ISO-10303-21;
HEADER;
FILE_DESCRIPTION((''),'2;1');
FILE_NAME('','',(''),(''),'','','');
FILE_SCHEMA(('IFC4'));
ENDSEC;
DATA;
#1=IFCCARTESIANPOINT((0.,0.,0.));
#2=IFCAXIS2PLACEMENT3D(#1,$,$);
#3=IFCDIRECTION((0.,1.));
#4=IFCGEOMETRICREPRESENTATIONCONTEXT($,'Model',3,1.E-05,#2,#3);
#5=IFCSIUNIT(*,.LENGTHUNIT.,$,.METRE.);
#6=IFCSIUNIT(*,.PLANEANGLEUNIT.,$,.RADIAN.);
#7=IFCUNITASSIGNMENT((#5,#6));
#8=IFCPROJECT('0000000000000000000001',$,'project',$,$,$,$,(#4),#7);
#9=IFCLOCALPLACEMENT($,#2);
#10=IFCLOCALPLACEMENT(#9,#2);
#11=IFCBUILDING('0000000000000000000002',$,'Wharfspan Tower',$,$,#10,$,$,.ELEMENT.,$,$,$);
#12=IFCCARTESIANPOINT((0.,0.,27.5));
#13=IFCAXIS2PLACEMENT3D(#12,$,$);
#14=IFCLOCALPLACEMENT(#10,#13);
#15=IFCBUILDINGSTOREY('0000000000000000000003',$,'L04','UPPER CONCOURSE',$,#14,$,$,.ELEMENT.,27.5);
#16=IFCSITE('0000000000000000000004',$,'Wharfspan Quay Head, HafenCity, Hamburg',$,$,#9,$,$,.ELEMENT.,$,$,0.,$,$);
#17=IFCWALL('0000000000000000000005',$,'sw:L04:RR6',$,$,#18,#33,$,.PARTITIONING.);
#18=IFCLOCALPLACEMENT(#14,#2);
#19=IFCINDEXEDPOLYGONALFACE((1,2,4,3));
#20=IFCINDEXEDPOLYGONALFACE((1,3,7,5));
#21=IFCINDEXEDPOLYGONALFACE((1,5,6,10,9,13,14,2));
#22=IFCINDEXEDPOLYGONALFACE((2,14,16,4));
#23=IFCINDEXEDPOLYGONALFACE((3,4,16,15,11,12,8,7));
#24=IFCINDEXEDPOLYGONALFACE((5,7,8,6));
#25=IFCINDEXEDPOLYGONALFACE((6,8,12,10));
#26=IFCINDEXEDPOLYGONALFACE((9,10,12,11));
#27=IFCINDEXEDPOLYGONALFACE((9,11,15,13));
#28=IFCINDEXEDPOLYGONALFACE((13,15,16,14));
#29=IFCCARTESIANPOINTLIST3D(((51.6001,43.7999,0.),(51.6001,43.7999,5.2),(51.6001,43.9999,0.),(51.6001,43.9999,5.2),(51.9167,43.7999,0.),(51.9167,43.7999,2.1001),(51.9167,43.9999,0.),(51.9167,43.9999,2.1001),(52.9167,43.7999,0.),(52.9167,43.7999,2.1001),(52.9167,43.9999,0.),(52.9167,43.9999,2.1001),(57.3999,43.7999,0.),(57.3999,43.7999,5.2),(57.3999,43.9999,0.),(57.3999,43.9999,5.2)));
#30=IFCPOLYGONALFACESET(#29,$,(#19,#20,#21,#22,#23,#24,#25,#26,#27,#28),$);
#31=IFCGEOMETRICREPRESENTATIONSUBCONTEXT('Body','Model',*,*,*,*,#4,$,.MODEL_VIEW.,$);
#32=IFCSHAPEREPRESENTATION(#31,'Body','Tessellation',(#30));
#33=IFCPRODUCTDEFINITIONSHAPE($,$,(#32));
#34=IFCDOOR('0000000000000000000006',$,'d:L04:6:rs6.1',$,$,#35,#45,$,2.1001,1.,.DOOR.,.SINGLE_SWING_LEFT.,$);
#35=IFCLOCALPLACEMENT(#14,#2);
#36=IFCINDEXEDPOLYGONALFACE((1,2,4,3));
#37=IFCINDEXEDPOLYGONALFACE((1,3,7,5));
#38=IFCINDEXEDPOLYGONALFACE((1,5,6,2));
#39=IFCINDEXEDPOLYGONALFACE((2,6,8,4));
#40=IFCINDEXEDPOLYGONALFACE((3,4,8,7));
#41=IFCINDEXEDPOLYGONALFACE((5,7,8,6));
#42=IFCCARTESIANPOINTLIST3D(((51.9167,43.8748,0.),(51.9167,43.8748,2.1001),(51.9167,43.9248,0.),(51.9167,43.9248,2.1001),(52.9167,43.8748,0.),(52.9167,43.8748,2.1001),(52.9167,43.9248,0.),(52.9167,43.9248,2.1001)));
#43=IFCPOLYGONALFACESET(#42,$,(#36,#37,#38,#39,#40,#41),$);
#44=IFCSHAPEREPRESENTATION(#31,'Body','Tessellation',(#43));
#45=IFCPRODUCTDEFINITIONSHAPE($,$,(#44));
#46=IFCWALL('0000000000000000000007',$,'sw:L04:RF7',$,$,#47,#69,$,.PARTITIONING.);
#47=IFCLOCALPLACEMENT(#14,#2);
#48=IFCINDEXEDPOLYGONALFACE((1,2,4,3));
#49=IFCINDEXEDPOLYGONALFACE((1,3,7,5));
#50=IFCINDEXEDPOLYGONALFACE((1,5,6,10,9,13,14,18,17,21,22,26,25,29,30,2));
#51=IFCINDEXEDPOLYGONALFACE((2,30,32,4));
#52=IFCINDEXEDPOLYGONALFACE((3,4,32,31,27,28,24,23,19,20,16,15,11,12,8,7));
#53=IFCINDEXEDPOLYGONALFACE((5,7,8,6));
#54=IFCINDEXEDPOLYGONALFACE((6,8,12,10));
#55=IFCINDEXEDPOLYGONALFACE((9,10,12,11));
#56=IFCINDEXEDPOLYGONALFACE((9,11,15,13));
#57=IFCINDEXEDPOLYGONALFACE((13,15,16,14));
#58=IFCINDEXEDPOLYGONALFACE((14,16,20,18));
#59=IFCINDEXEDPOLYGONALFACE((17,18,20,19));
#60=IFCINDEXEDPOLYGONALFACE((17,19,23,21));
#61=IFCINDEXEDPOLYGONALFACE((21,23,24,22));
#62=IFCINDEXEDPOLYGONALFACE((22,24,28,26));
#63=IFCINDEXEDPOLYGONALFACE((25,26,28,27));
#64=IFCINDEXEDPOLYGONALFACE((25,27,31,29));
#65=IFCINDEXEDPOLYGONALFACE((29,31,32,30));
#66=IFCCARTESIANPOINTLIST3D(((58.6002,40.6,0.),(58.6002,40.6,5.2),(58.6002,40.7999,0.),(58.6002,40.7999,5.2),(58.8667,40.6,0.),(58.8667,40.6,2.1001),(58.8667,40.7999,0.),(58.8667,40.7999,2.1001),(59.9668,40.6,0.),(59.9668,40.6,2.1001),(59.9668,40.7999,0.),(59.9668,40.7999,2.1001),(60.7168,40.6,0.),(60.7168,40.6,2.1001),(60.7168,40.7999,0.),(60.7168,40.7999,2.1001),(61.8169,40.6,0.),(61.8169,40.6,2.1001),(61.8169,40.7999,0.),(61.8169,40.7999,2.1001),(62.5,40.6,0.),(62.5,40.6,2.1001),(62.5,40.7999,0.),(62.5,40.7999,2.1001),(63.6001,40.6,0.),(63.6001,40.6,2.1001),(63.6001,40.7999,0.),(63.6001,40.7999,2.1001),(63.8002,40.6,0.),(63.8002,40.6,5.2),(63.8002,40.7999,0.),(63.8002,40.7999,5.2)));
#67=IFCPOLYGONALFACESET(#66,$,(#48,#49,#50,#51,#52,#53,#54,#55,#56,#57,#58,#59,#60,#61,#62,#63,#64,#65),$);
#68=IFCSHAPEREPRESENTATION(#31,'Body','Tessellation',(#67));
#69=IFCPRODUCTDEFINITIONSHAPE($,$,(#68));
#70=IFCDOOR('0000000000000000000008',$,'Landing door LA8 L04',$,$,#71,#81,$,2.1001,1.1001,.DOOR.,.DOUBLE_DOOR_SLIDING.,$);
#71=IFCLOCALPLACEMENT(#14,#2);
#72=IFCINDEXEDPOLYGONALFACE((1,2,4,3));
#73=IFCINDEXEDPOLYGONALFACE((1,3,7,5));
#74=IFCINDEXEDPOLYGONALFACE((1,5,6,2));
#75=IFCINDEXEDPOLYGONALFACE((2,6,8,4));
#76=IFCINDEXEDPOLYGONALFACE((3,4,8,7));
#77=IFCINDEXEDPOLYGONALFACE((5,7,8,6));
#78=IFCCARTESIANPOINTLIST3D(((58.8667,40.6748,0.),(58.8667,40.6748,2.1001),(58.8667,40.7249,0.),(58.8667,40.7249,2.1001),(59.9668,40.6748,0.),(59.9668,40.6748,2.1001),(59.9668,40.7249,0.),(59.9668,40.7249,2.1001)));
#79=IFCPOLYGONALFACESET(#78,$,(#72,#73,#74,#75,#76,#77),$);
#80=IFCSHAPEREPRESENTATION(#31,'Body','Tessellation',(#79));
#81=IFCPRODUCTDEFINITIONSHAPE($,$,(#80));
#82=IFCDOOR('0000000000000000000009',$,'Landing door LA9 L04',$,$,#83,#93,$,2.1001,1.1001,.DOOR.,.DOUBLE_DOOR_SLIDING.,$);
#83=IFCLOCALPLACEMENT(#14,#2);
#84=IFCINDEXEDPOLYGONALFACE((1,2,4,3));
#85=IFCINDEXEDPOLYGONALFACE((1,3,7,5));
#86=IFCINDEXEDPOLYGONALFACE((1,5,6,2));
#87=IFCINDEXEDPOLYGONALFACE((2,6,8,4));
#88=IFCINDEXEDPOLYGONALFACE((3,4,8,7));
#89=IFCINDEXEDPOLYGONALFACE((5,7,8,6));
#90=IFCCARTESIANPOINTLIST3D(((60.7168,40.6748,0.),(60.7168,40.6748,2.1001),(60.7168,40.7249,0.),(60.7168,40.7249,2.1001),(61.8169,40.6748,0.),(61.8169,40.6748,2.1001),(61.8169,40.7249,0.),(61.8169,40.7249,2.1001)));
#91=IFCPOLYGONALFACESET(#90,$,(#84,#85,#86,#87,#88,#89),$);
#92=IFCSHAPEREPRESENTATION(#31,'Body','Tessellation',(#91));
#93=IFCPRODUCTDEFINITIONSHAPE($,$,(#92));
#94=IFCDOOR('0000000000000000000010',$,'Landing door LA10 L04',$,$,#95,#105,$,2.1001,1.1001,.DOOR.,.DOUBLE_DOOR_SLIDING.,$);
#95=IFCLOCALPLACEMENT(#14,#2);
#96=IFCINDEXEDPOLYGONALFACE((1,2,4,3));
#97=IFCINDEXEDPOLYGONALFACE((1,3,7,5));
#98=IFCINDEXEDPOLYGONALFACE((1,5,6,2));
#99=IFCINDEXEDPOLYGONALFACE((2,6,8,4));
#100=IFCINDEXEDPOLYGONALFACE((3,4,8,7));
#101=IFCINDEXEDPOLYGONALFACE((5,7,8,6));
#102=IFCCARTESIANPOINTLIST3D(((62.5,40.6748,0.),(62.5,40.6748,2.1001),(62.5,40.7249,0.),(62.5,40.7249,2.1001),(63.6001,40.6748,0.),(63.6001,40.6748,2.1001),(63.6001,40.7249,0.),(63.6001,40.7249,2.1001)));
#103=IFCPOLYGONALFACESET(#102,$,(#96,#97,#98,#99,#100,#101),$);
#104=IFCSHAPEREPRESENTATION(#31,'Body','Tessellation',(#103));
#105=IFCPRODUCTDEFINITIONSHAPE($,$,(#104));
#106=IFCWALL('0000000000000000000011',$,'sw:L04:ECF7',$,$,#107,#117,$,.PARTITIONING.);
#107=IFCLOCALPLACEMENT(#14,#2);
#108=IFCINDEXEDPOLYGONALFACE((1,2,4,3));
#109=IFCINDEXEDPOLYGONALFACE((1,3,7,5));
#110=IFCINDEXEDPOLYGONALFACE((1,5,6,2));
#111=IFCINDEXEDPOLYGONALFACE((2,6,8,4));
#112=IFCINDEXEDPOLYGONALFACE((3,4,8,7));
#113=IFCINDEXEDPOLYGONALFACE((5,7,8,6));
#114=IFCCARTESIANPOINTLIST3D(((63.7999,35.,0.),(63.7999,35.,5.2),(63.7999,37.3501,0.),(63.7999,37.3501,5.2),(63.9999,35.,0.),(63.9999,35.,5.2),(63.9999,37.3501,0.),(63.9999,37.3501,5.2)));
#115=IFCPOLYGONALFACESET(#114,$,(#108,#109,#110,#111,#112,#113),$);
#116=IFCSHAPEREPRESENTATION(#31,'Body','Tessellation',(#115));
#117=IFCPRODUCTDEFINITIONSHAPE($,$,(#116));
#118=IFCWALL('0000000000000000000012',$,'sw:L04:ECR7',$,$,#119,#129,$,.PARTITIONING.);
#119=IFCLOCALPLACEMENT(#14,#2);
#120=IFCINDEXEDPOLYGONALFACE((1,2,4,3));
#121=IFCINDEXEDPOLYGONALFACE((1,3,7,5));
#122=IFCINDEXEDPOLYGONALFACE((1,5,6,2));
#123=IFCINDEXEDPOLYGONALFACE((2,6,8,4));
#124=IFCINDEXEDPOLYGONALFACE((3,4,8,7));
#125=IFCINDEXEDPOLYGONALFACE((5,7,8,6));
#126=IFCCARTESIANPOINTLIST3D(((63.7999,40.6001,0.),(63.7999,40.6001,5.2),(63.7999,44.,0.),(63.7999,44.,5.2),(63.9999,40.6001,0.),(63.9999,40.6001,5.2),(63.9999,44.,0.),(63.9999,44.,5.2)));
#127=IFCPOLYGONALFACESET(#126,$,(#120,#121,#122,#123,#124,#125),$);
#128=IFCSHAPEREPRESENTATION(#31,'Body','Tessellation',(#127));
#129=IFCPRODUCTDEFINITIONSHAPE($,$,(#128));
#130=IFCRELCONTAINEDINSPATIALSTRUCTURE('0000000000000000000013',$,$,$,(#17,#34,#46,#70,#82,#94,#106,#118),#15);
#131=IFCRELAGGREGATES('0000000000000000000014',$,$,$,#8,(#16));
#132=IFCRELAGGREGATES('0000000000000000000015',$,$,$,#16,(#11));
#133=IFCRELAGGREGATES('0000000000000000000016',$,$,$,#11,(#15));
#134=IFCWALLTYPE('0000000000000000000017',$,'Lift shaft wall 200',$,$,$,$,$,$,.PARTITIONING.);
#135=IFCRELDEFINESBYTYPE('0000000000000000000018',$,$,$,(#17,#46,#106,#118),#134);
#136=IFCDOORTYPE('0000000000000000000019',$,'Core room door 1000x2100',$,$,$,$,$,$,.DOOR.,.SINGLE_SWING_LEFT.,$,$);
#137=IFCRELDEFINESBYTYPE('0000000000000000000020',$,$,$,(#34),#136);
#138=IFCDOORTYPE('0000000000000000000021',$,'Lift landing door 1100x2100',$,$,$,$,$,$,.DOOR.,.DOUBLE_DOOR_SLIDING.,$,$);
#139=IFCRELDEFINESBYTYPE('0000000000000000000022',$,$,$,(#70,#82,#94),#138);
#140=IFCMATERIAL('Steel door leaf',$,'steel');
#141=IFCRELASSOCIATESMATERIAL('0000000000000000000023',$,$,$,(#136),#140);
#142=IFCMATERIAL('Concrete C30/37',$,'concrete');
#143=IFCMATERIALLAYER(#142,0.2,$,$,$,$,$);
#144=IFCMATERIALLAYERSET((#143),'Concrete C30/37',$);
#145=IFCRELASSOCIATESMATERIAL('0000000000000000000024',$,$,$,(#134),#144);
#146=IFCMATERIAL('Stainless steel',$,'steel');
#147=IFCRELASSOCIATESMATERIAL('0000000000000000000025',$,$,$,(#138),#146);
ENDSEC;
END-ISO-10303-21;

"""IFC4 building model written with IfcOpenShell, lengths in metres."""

from ifc_helpers import new_model, si_unit, direction, frame, frame_2d, origin, place, context, subcontext, project, spatial, rectangle, extrude, material, layer, layer_set, type_object, element, fill, save


model = new_model("IFC4")

# Units and contexts
model_context = context("Model", 3, precision=1e-05, world=origin(), true_north=direction((0.0, 1.0)))
body_context = subcontext(model_context, "Body", "Model", "MODEL_VIEW")
ifc_project = project(units=[si_unit("LENGTHUNIT", "METRE"), si_unit("PLANEANGLEUNIT", "RADIAN")], contexts=[model_context])

# Site, building, storey
site_placement = place(None, origin())
site = spatial("IfcSite", under=ifc_project, at=site_placement, Name="Wharfspan Quay Head, HafenCity, Hamburg", CompositionType="ELEMENT", RefElevation=0.0)
building_placement = place(site_placement, origin())
building = spatial("IfcBuilding", under=site, at=building_placement, Name="Wharfspan Tower", CompositionType="ELEMENT")
storey_placement = place(building_placement, frame((0.0, 0.0, 27.5)))
storey = spatial("IfcBuildingStorey", under=building, at=storey_placement, Name="L04", Description="UPPER CONCOURSE", CompositionType="ELEMENT", Elevation=27.5)

# Shared definitions
ifc_material_1 = material(Name="Steel door leaf", Category="steel")

# Shared definitions
door_type_1 = type_object("IfcDoorType", Name="Core room door 1000x2100", OperationType="SINGLE_SWING_LEFT", PredefinedType="DOOR", material=ifc_material_1)

# Wall, opening, door
ifc_material_2 = material(Name="Concrete C30/37", Category="concrete")
ifc_layer_1 = layer(ifc_material_2, 0.2)
ifc_layer_set_1 = layer_set([ifc_layer_1], Name="Concrete C30/37")
wall_type_1 = type_object("IfcWallType", Name="Lift shaft wall 200", PredefinedType="PARTITIONING", material=ifc_layer_set_1)
wall_1_placement = place(storey_placement, frame((51.6001, 43.8999, 0.0), z_axis=(0.0, 0.0, 1.0), x_axis=(1.0, 0.0, 0.0)))
wall_1 = element("IfcWall", 1, at=wall_1_placement, inside=storey, type_object=wall_type_1, Name="sw:L04:RR6", PredefinedType="PARTITIONING", context=body_context, shape_type="SweptSolid", body=[
    extrude(rectangle(XDim=5.7998, YDim=0.2, at=frame_2d((2.8999, 0.0))), origin(), (0.0, 0.0, 1.0), 5.2),
])
opening_1_placement = place(wall_1_placement, frame((0.3166, 0.0, 0.0)))
opening_1 = element("IfcOpeningElement", 2, at=opening_1_placement, cuts=wall_1, PredefinedType="OPENING", context=body_context, shape_type="SweptSolid", body=[
    extrude(rectangle(XDim=1.0, YDim=2.1001, at=frame_2d((0.5, 1.05))), frame((0.0, 0.1099, 0.0), z_axis=(0.0, -1.0, 0.0), x_axis=(1.0, 0.0, 0.0)), (0.0, 0.0, 1.0), 0.22),
])
door_1_placement = place(opening_1_placement, origin())
door_1 = element("IfcDoor", 3, at=door_1_placement, inside=storey, type_object=door_type_1, Name="d:L04:6:rs6.1", OperationType="SINGLE_SWING_LEFT", OverallHeight=2.1001, OverallWidth=1.0, PredefinedType="DOOR", context=body_context, shape_type="SweptSolid", body=[
    extrude(rectangle(XDim=1.0, YDim=2.1001, at=frame_2d((0.5, 1.05))), frame((0.0, 0.0249, 0.0), z_axis=(0.0, -1.0, 0.0), x_axis=(1.0, 0.0, 0.0)), (0.0, 0.0, 1.0), 0.05),
])
fill(opening_1, door_1)

# Wall, openings, doors
wall_2_placement = place(storey_placement, frame((58.6001, 40.7, 0.0), z_axis=(0.0, 0.0, 1.0), x_axis=(1.0, 0.0, 0.0)))
wall_2 = element("IfcWall", 4, at=wall_2_placement, inside=storey, type_object=wall_type_1, Name="sw:L04:RF7", PredefinedType="PARTITIONING", context=body_context, shape_type="SweptSolid", body=[
    extrude(rectangle(XDim=5.2, YDim=0.2, at=frame_2d((2.6001, 0.0))), origin(), (0.0, 0.0, 1.0), 5.2),
])
opening_2_placement = place(wall_2_placement, frame((0.2666, 0.0, 0.0)))
opening_2 = element("IfcOpeningElement", 5, at=opening_2_placement, cuts=wall_2, PredefinedType="OPENING", context=body_context, shape_type="SweptSolid", body=[
    extrude(rectangle(XDim=1.1001, YDim=2.1001, at=frame_2d((0.55, 1.05))), frame((0.0, 0.1099, 0.0), z_axis=(0.0, -1.0, 0.0), x_axis=(1.0, 0.0, 0.0)), (0.0, 0.0, 1.0), 0.22),
])
opening_3_placement = place(wall_2_placement, frame((2.1167, 0.0, 0.0)))
opening_3 = element("IfcOpeningElement", 6, at=opening_3_placement, cuts=wall_2, PredefinedType="OPENING", context=body_context, shape_type="SweptSolid", body=[
    extrude(rectangle(XDim=1.1001, YDim=2.1001, at=frame_2d((0.55, 1.05))), frame((0.0, 0.1099, 0.0), z_axis=(0.0, -1.0, 0.0), x_axis=(1.0, 0.0, 0.0)), (0.0, 0.0, 1.0), 0.22),
])
opening_4_placement = place(wall_2_placement, frame((3.8999, 0.0, 0.0)))
opening_4 = element("IfcOpeningElement", 7, at=opening_4_placement, cuts=wall_2, PredefinedType="OPENING", context=body_context, shape_type="SweptSolid", body=[
    extrude(rectangle(XDim=1.1001, YDim=2.1001, at=frame_2d((0.55, 1.05))), frame((0.0, 0.1099, 0.0), z_axis=(0.0, -1.0, 0.0), x_axis=(1.0, 0.0, 0.0)), (0.0, 0.0, 1.0), 0.22),
])
ifc_material_3 = material(Name="Stainless steel", Category="steel")
door_type_2 = type_object("IfcDoorType", Name="Lift landing door 1100x2100", OperationType="DOUBLE_DOOR_SLIDING", PredefinedType="DOOR", material=ifc_material_3)
door_2_placement = place(opening_2_placement, origin())
door_2 = element("IfcDoor", 8, at=door_2_placement, inside=storey, type_object=door_type_2, Name="Landing door LA8 L04", OperationType="DOUBLE_DOOR_SLIDING", OverallHeight=2.1001, OverallWidth=1.1001, PredefinedType="DOOR", context=body_context, shape_type="SweptSolid", body=[
    extrude(rectangle(XDim=1.1001, YDim=2.1001, at=frame_2d((0.55, 1.05))), frame((0.0, 0.0249, 0.0), z_axis=(0.0, -1.0, 0.0), x_axis=(1.0, 0.0, 0.0)), (0.0, 0.0, 1.0), 0.05),
])
fill(opening_2, door_2)
door_3_placement = place(opening_3_placement, origin())
door_3 = element("IfcDoor", 9, at=door_3_placement, inside=storey, type_object=door_type_2, Name="Landing door LA9 L04", OperationType="DOUBLE_DOOR_SLIDING", OverallHeight=2.1001, OverallWidth=1.1001, PredefinedType="DOOR", context=body_context, shape_type="SweptSolid", body=[
    extrude(rectangle(XDim=1.1001, YDim=2.1001, at=frame_2d((0.55, 1.05))), frame((0.0, 0.0249, 0.0), z_axis=(0.0, -1.0, 0.0), x_axis=(1.0, 0.0, 0.0)), (0.0, 0.0, 1.0), 0.05),
])
fill(opening_3, door_3)
door_4_placement = place(opening_4_placement, origin())
door_4 = element("IfcDoor", 10, at=door_4_placement, inside=storey, type_object=door_type_2, Name="Landing door LA10 L04", OperationType="DOUBLE_DOOR_SLIDING", OverallHeight=2.1001, OverallWidth=1.1001, PredefinedType="DOOR", context=body_context, shape_type="SweptSolid", body=[
    extrude(rectangle(XDim=1.1001, YDim=2.1001, at=frame_2d((0.55, 1.05))), frame((0.0, 0.0249, 0.0), z_axis=(0.0, -1.0, 0.0), x_axis=(1.0, 0.0, 0.0)), (0.0, 0.0, 1.0), 0.05),
])
fill(opening_4, door_4)

# Walls
wall_3_placement = place(storey_placement, frame((63.8999, 35.0, 0.0), z_axis=(0.0, 0.0, 1.0), x_axis=(0.0, 1.0, 0.0)))
element("IfcWall", 11, at=wall_3_placement, inside=storey, type_object=wall_type_1, Name="sw:L04:ECF7", PredefinedType="PARTITIONING", context=body_context, shape_type="SweptSolid", body=[
    extrude(rectangle(XDim=2.3501, YDim=0.2, at=frame_2d((1.175, 0.0))), origin(), (0.0, 0.0, 1.0), 5.2),
])
wall_4_placement = place(storey_placement, frame((63.8999, 40.6001, 0.0), z_axis=(0.0, 0.0, 1.0), x_axis=(0.0, 1.0, 0.0)))
element("IfcWall", 12, at=wall_4_placement, inside=storey, type_object=wall_type_1, Name="sw:L04:ECR7", PredefinedType="PARTITIONING", context=body_context, shape_type="SweptSolid", body=[
    extrude(rectangle(XDim=3.3999, YDim=0.2, at=frame_2d((1.7, 0.0))), origin(), (0.0, 0.0, 1.0), 5.2),
])

save(model, "model.ifc")
